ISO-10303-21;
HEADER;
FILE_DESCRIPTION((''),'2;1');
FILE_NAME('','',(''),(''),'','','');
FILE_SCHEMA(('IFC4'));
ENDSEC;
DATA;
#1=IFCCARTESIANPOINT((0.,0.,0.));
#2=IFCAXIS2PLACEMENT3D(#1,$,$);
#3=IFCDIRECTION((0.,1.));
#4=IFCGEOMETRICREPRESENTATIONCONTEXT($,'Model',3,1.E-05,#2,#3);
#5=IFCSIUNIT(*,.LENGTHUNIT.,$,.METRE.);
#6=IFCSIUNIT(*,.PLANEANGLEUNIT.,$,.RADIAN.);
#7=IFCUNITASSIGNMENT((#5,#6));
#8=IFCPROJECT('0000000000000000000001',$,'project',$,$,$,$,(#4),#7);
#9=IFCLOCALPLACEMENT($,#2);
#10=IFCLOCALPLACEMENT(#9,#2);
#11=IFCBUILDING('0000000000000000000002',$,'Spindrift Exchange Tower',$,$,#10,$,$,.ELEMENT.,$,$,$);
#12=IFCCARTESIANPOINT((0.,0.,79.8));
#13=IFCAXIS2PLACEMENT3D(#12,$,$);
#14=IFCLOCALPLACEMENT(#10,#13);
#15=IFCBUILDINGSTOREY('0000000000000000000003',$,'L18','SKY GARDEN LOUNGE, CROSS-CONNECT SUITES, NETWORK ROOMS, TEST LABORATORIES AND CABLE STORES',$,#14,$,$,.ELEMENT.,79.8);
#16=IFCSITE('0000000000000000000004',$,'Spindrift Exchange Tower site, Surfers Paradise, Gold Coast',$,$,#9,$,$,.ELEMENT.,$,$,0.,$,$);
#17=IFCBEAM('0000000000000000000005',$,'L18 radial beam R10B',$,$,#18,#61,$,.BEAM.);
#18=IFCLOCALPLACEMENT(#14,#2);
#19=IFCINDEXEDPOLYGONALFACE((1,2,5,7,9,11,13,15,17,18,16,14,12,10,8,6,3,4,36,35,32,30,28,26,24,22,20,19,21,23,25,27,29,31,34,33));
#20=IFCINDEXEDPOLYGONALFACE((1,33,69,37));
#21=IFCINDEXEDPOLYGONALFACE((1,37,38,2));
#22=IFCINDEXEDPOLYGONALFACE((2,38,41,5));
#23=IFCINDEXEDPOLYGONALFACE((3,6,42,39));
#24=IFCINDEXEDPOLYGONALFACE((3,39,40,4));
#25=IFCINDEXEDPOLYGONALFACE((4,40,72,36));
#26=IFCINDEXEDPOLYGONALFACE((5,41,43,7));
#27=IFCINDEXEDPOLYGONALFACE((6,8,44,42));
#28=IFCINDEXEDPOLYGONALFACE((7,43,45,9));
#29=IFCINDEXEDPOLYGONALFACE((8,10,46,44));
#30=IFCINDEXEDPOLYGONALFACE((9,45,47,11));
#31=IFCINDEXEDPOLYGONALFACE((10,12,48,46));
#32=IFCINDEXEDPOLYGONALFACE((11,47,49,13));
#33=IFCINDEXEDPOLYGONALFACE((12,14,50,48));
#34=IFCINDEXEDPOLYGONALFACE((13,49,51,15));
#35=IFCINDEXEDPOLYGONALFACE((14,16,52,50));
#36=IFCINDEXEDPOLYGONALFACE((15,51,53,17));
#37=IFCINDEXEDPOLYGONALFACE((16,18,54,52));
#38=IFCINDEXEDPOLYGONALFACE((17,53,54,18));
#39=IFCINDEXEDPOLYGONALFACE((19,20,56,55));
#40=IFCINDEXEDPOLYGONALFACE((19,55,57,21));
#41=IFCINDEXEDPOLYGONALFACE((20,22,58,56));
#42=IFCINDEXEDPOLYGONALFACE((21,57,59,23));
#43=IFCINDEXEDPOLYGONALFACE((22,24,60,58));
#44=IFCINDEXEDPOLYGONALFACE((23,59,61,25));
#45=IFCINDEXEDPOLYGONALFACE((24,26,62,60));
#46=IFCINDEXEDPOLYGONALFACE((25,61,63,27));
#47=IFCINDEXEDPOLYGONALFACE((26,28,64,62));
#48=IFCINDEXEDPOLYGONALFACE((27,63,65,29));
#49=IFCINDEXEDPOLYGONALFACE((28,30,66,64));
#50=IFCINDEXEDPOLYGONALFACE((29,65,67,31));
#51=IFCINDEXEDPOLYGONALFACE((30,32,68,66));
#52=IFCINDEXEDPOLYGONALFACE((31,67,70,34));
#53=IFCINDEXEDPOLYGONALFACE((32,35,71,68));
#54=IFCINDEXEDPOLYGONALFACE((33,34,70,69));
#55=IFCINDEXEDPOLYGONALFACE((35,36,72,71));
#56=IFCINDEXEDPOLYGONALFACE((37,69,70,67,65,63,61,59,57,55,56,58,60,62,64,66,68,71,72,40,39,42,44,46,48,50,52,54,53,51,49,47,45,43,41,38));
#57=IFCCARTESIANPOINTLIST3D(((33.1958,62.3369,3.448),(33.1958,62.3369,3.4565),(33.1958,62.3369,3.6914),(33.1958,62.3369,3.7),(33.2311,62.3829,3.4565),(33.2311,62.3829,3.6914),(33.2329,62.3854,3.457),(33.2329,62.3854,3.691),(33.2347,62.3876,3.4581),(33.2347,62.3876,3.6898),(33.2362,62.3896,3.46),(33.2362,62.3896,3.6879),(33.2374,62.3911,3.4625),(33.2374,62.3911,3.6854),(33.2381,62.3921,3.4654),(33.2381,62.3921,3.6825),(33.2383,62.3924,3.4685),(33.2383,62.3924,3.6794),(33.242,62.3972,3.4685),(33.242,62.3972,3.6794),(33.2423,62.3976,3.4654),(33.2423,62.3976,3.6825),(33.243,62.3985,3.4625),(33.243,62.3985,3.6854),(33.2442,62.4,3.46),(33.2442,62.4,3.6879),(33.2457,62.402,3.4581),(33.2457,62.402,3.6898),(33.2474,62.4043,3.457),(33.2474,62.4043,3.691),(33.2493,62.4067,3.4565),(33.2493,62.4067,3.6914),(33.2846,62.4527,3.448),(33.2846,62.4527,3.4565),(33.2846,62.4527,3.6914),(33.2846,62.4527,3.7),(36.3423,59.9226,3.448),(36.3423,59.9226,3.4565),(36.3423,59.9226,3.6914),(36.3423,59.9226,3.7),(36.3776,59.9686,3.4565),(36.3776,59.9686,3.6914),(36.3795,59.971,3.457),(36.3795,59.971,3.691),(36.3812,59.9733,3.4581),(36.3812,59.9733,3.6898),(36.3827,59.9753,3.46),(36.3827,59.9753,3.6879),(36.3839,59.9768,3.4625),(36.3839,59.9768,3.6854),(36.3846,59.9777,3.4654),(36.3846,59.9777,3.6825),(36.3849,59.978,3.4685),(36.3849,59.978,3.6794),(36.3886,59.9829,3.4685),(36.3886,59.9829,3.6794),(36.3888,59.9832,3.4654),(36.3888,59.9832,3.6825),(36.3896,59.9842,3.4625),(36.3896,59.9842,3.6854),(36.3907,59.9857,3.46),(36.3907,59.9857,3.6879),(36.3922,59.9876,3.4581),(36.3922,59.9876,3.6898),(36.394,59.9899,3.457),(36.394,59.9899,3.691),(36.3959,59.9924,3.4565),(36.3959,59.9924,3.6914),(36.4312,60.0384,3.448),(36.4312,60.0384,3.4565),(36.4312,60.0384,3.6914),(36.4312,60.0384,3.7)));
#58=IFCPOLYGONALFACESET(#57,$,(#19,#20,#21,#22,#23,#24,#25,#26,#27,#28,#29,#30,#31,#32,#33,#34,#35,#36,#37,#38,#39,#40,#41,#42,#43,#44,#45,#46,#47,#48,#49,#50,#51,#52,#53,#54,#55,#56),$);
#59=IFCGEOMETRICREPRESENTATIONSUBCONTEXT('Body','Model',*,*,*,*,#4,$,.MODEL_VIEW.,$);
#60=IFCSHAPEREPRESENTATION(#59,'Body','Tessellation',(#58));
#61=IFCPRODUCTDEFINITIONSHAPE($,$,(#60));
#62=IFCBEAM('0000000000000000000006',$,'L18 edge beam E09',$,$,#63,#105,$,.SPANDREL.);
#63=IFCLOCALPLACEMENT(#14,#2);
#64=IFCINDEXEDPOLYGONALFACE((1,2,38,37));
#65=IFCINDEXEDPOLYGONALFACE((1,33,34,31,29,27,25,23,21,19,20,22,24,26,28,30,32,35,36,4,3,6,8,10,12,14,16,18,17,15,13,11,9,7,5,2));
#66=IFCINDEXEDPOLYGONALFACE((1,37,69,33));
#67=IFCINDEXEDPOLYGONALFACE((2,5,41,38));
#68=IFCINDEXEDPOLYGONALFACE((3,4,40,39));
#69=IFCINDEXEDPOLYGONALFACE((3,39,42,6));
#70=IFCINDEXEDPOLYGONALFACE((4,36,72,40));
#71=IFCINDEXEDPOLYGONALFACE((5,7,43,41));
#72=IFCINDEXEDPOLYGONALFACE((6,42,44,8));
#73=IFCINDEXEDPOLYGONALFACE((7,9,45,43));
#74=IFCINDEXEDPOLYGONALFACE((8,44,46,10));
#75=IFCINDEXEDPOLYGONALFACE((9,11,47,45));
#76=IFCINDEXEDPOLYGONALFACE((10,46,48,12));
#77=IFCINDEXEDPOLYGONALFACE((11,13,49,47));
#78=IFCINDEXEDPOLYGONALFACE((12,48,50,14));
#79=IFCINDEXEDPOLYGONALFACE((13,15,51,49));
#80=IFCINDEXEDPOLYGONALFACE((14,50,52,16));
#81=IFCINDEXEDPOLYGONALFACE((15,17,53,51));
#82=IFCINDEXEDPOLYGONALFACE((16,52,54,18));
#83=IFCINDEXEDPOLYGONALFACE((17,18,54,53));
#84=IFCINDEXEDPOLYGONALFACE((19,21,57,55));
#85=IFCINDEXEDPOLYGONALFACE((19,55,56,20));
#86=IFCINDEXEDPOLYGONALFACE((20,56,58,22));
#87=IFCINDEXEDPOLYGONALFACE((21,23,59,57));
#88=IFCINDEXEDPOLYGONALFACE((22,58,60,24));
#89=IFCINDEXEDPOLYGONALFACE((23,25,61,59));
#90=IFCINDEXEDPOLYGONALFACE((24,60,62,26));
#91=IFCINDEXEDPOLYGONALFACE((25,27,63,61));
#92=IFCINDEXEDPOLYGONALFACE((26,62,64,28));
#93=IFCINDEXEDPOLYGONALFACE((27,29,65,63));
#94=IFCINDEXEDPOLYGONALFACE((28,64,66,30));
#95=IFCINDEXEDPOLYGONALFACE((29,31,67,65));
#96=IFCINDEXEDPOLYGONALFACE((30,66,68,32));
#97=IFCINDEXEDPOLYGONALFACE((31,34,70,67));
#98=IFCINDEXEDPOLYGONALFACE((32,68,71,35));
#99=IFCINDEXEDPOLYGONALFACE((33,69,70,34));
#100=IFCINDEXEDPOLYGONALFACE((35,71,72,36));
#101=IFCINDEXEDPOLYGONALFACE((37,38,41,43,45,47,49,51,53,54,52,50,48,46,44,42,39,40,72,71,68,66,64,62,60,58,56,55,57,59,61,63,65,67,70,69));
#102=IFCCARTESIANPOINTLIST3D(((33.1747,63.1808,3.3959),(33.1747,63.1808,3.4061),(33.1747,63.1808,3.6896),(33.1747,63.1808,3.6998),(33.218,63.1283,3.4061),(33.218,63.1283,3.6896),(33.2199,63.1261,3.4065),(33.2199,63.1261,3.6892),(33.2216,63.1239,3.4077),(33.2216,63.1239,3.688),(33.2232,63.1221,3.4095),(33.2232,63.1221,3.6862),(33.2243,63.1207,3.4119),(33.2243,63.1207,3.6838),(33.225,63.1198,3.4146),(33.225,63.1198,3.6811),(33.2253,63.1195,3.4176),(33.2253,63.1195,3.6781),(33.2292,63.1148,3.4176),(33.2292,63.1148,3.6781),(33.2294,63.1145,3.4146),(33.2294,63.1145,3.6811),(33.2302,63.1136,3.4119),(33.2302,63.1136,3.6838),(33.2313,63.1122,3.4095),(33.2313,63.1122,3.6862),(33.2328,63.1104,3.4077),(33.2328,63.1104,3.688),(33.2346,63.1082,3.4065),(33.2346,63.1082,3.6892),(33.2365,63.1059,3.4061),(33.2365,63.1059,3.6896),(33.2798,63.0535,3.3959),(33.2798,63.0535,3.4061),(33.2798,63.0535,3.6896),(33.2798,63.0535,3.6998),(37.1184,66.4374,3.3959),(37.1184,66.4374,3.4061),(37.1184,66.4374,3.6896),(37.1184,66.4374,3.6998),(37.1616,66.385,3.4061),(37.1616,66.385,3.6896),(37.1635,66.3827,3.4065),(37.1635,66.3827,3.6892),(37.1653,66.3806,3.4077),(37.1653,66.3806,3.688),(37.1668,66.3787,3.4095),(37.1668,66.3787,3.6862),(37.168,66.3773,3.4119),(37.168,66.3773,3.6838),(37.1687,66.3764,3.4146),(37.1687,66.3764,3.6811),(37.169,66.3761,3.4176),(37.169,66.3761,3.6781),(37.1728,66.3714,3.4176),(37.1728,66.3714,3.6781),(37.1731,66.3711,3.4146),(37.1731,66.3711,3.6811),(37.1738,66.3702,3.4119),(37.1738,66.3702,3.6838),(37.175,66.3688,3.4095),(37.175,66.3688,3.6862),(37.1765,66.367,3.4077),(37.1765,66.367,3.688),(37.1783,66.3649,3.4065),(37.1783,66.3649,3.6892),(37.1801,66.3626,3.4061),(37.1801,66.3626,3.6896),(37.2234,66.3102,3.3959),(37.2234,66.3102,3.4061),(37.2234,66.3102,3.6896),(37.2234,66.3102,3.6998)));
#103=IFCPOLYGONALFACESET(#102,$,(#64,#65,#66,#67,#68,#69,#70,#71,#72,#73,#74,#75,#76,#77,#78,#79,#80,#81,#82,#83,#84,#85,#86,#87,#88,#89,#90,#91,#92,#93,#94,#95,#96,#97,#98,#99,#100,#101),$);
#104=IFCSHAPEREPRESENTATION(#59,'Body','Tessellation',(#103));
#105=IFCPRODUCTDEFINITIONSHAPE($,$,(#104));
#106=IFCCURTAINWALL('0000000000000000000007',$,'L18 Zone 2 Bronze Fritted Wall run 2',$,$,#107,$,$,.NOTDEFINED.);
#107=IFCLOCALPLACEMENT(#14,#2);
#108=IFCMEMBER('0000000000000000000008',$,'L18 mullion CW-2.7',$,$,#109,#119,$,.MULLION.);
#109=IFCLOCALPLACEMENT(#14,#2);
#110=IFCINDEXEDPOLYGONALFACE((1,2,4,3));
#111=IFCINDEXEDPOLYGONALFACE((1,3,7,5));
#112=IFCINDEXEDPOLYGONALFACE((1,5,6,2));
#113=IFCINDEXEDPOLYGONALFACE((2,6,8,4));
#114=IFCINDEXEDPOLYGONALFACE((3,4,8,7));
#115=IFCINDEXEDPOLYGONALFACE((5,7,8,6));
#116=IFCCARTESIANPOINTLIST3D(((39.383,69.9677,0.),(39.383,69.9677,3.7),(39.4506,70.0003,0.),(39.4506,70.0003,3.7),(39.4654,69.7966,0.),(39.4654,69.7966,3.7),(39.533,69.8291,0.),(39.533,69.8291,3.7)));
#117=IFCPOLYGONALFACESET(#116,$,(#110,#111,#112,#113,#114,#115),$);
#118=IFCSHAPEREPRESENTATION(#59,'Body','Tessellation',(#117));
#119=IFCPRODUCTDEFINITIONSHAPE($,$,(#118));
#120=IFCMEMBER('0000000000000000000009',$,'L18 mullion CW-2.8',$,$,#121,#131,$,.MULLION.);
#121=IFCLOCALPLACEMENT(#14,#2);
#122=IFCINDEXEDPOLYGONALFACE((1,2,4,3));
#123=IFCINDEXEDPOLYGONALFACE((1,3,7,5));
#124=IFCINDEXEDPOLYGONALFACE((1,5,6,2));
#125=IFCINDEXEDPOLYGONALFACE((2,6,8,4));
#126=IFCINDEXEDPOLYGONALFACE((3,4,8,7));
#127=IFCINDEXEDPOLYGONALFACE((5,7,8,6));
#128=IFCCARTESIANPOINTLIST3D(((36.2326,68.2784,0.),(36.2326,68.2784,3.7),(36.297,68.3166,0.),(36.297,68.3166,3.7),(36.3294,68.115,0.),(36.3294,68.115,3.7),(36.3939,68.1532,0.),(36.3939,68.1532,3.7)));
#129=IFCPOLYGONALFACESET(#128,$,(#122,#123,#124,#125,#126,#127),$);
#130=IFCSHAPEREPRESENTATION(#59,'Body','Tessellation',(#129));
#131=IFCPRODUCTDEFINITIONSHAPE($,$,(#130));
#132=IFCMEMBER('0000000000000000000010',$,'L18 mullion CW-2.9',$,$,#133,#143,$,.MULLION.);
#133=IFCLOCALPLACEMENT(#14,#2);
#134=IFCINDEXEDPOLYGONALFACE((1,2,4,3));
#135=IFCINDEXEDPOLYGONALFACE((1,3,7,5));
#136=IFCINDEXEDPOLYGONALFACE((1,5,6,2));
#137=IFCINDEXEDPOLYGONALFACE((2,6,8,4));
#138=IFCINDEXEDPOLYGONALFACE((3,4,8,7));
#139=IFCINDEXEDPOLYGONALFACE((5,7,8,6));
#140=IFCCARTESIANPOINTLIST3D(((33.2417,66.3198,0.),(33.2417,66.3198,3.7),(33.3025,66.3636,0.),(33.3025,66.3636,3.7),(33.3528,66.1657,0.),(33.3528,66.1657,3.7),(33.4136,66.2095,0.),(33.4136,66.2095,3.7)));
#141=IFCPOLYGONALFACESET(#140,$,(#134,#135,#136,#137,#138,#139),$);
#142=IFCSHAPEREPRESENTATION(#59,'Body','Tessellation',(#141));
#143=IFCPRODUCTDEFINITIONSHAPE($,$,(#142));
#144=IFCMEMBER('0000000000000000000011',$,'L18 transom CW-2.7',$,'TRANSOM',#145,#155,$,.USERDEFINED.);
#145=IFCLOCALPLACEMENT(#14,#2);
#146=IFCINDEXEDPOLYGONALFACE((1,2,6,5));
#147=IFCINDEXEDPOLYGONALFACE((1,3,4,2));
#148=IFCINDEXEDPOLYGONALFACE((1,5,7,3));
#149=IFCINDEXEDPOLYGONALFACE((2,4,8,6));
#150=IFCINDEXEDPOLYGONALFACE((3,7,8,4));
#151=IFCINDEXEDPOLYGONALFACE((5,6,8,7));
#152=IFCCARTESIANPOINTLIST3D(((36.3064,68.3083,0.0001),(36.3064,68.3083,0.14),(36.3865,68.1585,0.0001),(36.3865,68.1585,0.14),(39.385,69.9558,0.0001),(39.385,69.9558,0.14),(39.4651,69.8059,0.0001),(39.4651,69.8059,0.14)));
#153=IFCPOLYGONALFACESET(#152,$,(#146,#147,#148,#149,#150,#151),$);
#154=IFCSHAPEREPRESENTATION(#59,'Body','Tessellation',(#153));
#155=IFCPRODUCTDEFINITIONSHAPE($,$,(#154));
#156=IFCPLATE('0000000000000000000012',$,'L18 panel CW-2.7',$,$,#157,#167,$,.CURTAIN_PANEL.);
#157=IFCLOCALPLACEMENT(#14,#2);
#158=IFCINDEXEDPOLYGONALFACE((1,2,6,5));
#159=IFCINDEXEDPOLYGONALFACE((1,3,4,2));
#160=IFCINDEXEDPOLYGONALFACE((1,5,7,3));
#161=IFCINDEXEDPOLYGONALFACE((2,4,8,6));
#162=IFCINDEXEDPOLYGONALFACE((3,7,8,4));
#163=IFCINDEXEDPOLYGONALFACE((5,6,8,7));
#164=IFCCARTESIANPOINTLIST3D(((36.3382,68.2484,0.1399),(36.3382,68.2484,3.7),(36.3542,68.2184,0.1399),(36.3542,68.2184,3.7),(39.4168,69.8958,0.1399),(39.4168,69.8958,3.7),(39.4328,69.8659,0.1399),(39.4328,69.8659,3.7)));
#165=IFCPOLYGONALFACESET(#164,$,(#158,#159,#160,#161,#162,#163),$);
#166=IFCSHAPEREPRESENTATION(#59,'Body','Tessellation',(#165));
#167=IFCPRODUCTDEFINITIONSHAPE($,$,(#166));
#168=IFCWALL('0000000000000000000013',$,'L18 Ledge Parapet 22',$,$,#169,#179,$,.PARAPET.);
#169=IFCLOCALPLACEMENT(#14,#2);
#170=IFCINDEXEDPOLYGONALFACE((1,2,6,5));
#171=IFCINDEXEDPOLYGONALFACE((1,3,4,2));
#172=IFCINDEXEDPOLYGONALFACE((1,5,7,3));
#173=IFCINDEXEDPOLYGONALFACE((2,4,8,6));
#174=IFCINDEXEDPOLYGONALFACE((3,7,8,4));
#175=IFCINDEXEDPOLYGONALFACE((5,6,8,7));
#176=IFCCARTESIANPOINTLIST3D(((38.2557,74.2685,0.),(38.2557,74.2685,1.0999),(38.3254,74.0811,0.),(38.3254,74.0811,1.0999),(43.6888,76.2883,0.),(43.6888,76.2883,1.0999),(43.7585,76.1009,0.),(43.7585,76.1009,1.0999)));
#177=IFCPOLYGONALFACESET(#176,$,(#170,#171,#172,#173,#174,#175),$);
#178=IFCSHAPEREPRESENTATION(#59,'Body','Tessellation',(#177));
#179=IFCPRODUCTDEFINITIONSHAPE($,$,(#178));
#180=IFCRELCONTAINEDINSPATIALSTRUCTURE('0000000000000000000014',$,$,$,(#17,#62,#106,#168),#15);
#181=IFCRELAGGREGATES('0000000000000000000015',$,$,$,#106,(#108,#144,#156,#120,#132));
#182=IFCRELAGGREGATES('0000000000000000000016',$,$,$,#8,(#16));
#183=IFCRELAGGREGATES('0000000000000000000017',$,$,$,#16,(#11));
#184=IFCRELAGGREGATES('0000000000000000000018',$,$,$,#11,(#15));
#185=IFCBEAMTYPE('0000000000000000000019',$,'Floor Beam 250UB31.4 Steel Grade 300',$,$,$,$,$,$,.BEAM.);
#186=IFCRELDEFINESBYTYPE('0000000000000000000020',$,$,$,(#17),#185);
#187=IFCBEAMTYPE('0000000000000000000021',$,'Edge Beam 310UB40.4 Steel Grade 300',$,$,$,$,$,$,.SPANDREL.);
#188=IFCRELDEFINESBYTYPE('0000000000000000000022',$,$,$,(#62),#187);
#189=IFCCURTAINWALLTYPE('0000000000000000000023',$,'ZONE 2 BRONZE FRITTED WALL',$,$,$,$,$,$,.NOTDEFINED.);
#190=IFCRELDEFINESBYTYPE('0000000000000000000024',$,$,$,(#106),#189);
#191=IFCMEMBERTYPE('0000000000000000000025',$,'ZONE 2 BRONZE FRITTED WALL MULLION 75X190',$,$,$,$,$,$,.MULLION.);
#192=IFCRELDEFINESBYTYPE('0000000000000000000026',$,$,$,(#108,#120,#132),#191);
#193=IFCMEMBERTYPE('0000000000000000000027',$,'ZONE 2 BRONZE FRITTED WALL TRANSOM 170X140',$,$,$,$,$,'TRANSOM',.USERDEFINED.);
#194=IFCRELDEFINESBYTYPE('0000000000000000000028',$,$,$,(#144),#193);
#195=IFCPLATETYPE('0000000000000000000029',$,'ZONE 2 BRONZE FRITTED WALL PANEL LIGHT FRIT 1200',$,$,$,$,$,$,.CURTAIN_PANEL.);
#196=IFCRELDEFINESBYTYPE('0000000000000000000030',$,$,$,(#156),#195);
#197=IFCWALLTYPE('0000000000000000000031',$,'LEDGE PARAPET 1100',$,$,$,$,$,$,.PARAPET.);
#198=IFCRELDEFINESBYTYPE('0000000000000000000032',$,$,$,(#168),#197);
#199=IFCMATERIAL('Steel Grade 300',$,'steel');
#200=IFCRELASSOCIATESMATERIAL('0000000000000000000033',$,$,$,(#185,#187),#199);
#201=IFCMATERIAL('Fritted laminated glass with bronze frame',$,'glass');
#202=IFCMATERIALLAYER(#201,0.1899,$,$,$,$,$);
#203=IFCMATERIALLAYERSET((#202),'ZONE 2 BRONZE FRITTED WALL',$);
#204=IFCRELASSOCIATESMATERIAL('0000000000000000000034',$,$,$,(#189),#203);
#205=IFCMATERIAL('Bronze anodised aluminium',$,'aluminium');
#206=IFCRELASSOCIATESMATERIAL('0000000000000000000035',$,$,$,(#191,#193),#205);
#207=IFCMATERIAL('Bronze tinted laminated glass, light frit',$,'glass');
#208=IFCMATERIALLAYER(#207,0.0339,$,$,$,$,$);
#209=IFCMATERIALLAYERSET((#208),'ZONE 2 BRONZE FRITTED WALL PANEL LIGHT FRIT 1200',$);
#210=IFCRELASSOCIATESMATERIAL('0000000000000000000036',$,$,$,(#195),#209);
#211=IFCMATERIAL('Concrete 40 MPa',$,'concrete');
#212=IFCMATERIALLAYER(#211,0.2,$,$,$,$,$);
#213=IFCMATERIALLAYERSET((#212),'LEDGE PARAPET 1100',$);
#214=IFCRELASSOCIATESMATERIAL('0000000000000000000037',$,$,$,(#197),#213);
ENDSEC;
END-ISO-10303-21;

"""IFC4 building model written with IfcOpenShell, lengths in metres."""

from ifc_helpers import new_model, si_unit, direction, frame, frame_2d, origin, origin_2d, place, context, subcontext, project, spatial, rectangle, i_section, extrude, source, transform, mapped, material, layer, layer_set, material_profile, profile_set, type_object, element, aggregate, save


model = new_model("IFC4")

# Units and contexts
model_context = context("Model", 3, precision=1e-05, world=origin(), true_north=direction((0.0, 1.0)))
body_context = subcontext(model_context, "Body", "Model", "MODEL_VIEW")
ifc_project = project(units=[si_unit("LENGTHUNIT", "METRE"), si_unit("PLANEANGLEUNIT", "RADIAN")], contexts=[model_context])

# Site, building, storey
site_placement = place(None, origin())
site = spatial("IfcSite", under=ifc_project, at=site_placement, Name="Spindrift Exchange Tower site, Surfers Paradise, Gold Coast", CompositionType="ELEMENT", RefElevation=0.0)
building_placement = place(site_placement, origin())
building = spatial("IfcBuilding", under=site, at=building_placement, Name="Spindrift Exchange Tower", CompositionType="ELEMENT")
storey_placement = place(building_placement, frame((0.0, 0.0, 79.8)))
storey = spatial("IfcBuildingStorey", under=building, at=storey_placement, Name="L18", Description="SKY GARDEN LOUNGE, CROSS-CONNECT SUITES, NETWORK ROOMS, TEST LABORATORIES AND CABLE STORES", CompositionType="ELEMENT", Elevation=79.8)

# Beams
ifc_material_1 = material(Name="Steel Grade 300", Category="steel")
ifc_material_profile_1 = material_profile(ifc_material_1, i_section(OverallWidth=0.146, OverallDepth=0.252, WebThickness=0.0061, FlangeThickness=0.0085, FilletRadius=0.012, at=origin_2d()), Name="250UB31.4")
ifc_profile_set_1 = profile_set([ifc_material_profile_1], Name="Steel Grade 300")
beam_type_1 = type_object("IfcBeamType", Name="Floor Beam 250UB31.4 Steel Grade 300", PredefinedType="BEAM", material=ifc_profile_set_1)
shared_shape_1 = source(origin(), body_context, "Body", "SweptSolid", [
    extrude(i_section(OverallWidth=0.146, OverallDepth=0.252, WebThickness=0.0061, FlangeThickness=0.0085, FilletRadius=0.012, at=origin_2d()), origin(), (0.0, 0.0, 1.0), 3.9661),
])
beam_1_placement = place(storey_placement, frame((36.3867, 59.9805, 3.574), z_axis=(-0.793363, 0.608749, 0.0), x_axis=(-0.608749, -0.793363, 0.0)))
element("IfcBeam", 1, at=beam_1_placement, inside=storey, type_object=beam_type_1, Name="L18 radial beam R10B", PredefinedType="BEAM", context=body_context, shape_type="MappedRepresentation", body=[
    mapped(shared_shape_1, transform((0.0, 0.0, 0.0), scale=1.0)),
])
ifc_material_profile_2 = material_profile(ifc_material_1, i_section(OverallWidth=0.165, OverallDepth=0.304, WebThickness=0.0061, FlangeThickness=0.0103, FilletRadius=0.0115, at=origin_2d()), Name="310UB40.4")
ifc_profile_set_2 = profile_set([ifc_material_profile_2], Name="Steel Grade 300")
beam_type_2 = type_object("IfcBeamType", Name="Edge Beam 310UB40.4 Steel Grade 300", PredefinedType="SPANDREL", material=ifc_profile_set_2)
shared_shape_2 = source(origin(), body_context, "Body", "SweptSolid", [
    extrude(i_section(OverallWidth=0.165, OverallDepth=0.304, WebThickness=0.0061, FlangeThickness=0.0103, FilletRadius=0.0115, at=origin_2d()), origin(), (0.0, 0.0, 1.0), 5.1145),
])
beam_2_placement = place(storey_placement, frame((37.1709, 66.3738, 3.5479), z_axis=(-0.771074, -0.636746, 0.0), x_axis=(0.636746, -0.771074, 0.0)))
element("IfcBeam", 2, at=beam_2_placement, inside=storey, type_object=beam_type_2, Name="L18 edge beam E09", PredefinedType="SPANDREL", context=body_context, shape_type="MappedRepresentation", body=[
    mapped(shared_shape_2, transform((0.0, 0.0, 0.0), scale=1.0)),
])

# Curtain wall, members, plate
ifc_material_2 = material(Name="Fritted laminated glass with bronze frame", Category="glass")
ifc_layer_1 = layer(ifc_material_2, 0.1899)
ifc_layer_set_1 = layer_set([ifc_layer_1], Name="ZONE 2 BRONZE FRITTED WALL")
curtain_wall_type = type_object("IfcCurtainWallType", Name="ZONE 2 BRONZE FRITTED WALL", PredefinedType="NOTDEFINED", material=ifc_layer_set_1)
curtain_wall_placement = place(storey_placement, origin())
curtain_wall = element("IfcCurtainWall", 3, at=curtain_wall_placement, inside=storey, type_object=curtain_wall_type, Name="L18 Zone 2 Bronze Fritted Wall run 2", PredefinedType="NOTDEFINED")
ifc_material_3 = material(Name="Bronze anodised aluminium", Category="aluminium")
ifc_material_profile_3 = material_profile(ifc_material_3, rectangle(XDim=0.075, YDim=0.1899, at=origin_2d()), Name="ZONE 2 BRONZE FRITTED WALL MULLION 75X190")
ifc_profile_set_3 = profile_set([ifc_material_profile_3], Name="Bronze anodised aluminium")
member_type_1 = type_object("IfcMemberType", Name="ZONE 2 BRONZE FRITTED WALL MULLION 75X190", PredefinedType="MULLION", material=ifc_profile_set_3)
shared_shape_3 = source(origin(), body_context, "Body", "SweptSolid", [
    extrude(rectangle(XDim=0.075, YDim=0.1899, at=origin_2d()), origin(), (0.0, 0.0, 1.0), 3.7),
])
member_1_placement = place(storey_placement, frame((39.458, 69.8984, 0.0), z_axis=(0.0, 0.0, 1.0), x_axis=(-0.901004, -0.433812, 0.0)))
member_1 = element("IfcMember", 4, at=member_1_placement, type_object=member_type_1, Name="L18 mullion CW-2.7", PredefinedType="MULLION", context=body_context, shape_type="MappedRepresentation", body=[
    mapped(shared_shape_3, transform((0.0, 0.0, 0.0), scale=1.0)),
])
member_2_placement = place(storey_placement, frame((36.3132, 68.2158, 0.0), z_axis=(0.0, 0.0, 1.0), x_axis=(-0.860222, -0.50992, 0.0)))
member_2 = element("IfcMember", 5, at=member_2_placement, type_object=member_type_1, Name="L18 mullion CW-2.8", PredefinedType="MULLION", context=body_context, shape_type="MappedRepresentation", body=[
    mapped(shared_shape_3, transform((0.0, 0.0, 0.0), scale=1.0)),
])
member_3_placement = place(storey_placement, frame((33.3276, 66.2646, 0.0), z_axis=(0.0, 0.0, 1.0), x_axis=(-0.811325, -0.584595, 0.0)))
member_3 = element("IfcMember", 6, at=member_3_placement, type_object=member_type_1, Name="L18 mullion CW-2.9", PredefinedType="MULLION", context=body_context, shape_type="MappedRepresentation", body=[
    mapped(shared_shape_3, transform((0.0, 0.0, 0.0), scale=1.0)),
])
ifc_material_profile_4 = material_profile(ifc_material_3, rectangle(XDim=0.1699, YDim=0.1399, at=origin_2d()), Name="ZONE 2 BRONZE FRITTED WALL TRANSOM 170X140")
ifc_profile_set_4 = profile_set([ifc_material_profile_4], Name="Bronze anodised aluminium")
member_type_2 = type_object("IfcMemberType", Name="ZONE 2 BRONZE FRITTED WALL TRANSOM 170X140", ElementType="TRANSOM", PredefinedType="USERDEFINED", material=ifc_profile_set_4)
shared_shape_4 = source(origin(), body_context, "Body", "SweptSolid", [
    extrude(rectangle(XDim=0.1699, YDim=0.1399, at=origin_2d()), origin(), (0.0, 0.0, 1.0), 3.4917),
])
member_4_placement = place(storey_placement, frame((39.425, 69.8809, 0.0701), z_axis=(-0.881694, -0.471822, 0.0), x_axis=(0.471822, -0.881694, 0.0)))
member_4 = element("IfcMember", 7, at=member_4_placement, type_object=member_type_2, Name="L18 transom CW-2.7", ObjectType="TRANSOM", PredefinedType="USERDEFINED", context=body_context, shape_type="MappedRepresentation", body=[
    mapped(shared_shape_4, transform((0.0, 0.0, 0.0), scale=1.0)),
])
ifc_material_4 = material(Name="Bronze tinted laminated glass, light frit", Category="glass")
ifc_layer_2 = layer(ifc_material_4, 0.0339)
ifc_layer_set_2 = layer_set([ifc_layer_2], Name="ZONE 2 BRONZE FRITTED WALL PANEL LIGHT FRIT 1200")
plate_type = type_object("IfcPlateType", Name="ZONE 2 BRONZE FRITTED WALL PANEL LIGHT FRIT 1200", PredefinedType="CURTAIN_PANEL", material=ifc_layer_set_2)
shared_shape_5 = source(origin(), body_context, "Body", "SweptSolid", [
    extrude(rectangle(XDim=3.4917, YDim=0.0339, at=origin_2d()), origin(), (0.0, 0.0, 1.0), 3.5601),
])
plate_placement = place(storey_placement, frame((37.8855, 69.0571, 0.1399), z_axis=(0.0, 0.0, 1.0), x_axis=(-0.881697, -0.471815, 0.0)))
plate = element("IfcPlate", 8, at=plate_placement, type_object=plate_type, Name="L18 panel CW-2.7", PredefinedType="CURTAIN_PANEL", context=body_context, shape_type="MappedRepresentation", body=[
    mapped(shared_shape_5, transform((0.0, 0.0, 0.0), scale=1.0)),
])
aggregate(curtain_wall, [member_1, member_4, plate, member_2, member_3])

# Wall
ifc_material_5 = material(Name="Concrete 40 MPa", Category="concrete")
ifc_layer_3 = layer(ifc_material_5, 0.2)
ifc_layer_set_3 = layer_set([ifc_layer_3], Name="LEDGE PARAPET 1100")
wall_type_1 = type_object("IfcWallType", Name="LEDGE PARAPET 1100", PredefinedType="PARAPET", material=ifc_layer_set_3)
wall_1_placement = place(storey_placement, frame((38.2905, 74.1748, 0.0), z_axis=(0.0, 0.0, 1.0), x_axis=(0.937326, 0.348454, 0.0)))
element("IfcWall", 9, at=wall_1_placement, inside=storey, type_object=wall_type_1, Name="L18 Ledge Parapet 22", PredefinedType="PARAPET", context=body_context, shape_type="SweptSolid", body=[
    extrude(rectangle(XDim=5.7964, YDim=0.2, at=frame_2d((2.8982, 0.0))), origin(), (0.0, 0.0, 1.0), 1.0999),
])

save(model, "model.ifc")
